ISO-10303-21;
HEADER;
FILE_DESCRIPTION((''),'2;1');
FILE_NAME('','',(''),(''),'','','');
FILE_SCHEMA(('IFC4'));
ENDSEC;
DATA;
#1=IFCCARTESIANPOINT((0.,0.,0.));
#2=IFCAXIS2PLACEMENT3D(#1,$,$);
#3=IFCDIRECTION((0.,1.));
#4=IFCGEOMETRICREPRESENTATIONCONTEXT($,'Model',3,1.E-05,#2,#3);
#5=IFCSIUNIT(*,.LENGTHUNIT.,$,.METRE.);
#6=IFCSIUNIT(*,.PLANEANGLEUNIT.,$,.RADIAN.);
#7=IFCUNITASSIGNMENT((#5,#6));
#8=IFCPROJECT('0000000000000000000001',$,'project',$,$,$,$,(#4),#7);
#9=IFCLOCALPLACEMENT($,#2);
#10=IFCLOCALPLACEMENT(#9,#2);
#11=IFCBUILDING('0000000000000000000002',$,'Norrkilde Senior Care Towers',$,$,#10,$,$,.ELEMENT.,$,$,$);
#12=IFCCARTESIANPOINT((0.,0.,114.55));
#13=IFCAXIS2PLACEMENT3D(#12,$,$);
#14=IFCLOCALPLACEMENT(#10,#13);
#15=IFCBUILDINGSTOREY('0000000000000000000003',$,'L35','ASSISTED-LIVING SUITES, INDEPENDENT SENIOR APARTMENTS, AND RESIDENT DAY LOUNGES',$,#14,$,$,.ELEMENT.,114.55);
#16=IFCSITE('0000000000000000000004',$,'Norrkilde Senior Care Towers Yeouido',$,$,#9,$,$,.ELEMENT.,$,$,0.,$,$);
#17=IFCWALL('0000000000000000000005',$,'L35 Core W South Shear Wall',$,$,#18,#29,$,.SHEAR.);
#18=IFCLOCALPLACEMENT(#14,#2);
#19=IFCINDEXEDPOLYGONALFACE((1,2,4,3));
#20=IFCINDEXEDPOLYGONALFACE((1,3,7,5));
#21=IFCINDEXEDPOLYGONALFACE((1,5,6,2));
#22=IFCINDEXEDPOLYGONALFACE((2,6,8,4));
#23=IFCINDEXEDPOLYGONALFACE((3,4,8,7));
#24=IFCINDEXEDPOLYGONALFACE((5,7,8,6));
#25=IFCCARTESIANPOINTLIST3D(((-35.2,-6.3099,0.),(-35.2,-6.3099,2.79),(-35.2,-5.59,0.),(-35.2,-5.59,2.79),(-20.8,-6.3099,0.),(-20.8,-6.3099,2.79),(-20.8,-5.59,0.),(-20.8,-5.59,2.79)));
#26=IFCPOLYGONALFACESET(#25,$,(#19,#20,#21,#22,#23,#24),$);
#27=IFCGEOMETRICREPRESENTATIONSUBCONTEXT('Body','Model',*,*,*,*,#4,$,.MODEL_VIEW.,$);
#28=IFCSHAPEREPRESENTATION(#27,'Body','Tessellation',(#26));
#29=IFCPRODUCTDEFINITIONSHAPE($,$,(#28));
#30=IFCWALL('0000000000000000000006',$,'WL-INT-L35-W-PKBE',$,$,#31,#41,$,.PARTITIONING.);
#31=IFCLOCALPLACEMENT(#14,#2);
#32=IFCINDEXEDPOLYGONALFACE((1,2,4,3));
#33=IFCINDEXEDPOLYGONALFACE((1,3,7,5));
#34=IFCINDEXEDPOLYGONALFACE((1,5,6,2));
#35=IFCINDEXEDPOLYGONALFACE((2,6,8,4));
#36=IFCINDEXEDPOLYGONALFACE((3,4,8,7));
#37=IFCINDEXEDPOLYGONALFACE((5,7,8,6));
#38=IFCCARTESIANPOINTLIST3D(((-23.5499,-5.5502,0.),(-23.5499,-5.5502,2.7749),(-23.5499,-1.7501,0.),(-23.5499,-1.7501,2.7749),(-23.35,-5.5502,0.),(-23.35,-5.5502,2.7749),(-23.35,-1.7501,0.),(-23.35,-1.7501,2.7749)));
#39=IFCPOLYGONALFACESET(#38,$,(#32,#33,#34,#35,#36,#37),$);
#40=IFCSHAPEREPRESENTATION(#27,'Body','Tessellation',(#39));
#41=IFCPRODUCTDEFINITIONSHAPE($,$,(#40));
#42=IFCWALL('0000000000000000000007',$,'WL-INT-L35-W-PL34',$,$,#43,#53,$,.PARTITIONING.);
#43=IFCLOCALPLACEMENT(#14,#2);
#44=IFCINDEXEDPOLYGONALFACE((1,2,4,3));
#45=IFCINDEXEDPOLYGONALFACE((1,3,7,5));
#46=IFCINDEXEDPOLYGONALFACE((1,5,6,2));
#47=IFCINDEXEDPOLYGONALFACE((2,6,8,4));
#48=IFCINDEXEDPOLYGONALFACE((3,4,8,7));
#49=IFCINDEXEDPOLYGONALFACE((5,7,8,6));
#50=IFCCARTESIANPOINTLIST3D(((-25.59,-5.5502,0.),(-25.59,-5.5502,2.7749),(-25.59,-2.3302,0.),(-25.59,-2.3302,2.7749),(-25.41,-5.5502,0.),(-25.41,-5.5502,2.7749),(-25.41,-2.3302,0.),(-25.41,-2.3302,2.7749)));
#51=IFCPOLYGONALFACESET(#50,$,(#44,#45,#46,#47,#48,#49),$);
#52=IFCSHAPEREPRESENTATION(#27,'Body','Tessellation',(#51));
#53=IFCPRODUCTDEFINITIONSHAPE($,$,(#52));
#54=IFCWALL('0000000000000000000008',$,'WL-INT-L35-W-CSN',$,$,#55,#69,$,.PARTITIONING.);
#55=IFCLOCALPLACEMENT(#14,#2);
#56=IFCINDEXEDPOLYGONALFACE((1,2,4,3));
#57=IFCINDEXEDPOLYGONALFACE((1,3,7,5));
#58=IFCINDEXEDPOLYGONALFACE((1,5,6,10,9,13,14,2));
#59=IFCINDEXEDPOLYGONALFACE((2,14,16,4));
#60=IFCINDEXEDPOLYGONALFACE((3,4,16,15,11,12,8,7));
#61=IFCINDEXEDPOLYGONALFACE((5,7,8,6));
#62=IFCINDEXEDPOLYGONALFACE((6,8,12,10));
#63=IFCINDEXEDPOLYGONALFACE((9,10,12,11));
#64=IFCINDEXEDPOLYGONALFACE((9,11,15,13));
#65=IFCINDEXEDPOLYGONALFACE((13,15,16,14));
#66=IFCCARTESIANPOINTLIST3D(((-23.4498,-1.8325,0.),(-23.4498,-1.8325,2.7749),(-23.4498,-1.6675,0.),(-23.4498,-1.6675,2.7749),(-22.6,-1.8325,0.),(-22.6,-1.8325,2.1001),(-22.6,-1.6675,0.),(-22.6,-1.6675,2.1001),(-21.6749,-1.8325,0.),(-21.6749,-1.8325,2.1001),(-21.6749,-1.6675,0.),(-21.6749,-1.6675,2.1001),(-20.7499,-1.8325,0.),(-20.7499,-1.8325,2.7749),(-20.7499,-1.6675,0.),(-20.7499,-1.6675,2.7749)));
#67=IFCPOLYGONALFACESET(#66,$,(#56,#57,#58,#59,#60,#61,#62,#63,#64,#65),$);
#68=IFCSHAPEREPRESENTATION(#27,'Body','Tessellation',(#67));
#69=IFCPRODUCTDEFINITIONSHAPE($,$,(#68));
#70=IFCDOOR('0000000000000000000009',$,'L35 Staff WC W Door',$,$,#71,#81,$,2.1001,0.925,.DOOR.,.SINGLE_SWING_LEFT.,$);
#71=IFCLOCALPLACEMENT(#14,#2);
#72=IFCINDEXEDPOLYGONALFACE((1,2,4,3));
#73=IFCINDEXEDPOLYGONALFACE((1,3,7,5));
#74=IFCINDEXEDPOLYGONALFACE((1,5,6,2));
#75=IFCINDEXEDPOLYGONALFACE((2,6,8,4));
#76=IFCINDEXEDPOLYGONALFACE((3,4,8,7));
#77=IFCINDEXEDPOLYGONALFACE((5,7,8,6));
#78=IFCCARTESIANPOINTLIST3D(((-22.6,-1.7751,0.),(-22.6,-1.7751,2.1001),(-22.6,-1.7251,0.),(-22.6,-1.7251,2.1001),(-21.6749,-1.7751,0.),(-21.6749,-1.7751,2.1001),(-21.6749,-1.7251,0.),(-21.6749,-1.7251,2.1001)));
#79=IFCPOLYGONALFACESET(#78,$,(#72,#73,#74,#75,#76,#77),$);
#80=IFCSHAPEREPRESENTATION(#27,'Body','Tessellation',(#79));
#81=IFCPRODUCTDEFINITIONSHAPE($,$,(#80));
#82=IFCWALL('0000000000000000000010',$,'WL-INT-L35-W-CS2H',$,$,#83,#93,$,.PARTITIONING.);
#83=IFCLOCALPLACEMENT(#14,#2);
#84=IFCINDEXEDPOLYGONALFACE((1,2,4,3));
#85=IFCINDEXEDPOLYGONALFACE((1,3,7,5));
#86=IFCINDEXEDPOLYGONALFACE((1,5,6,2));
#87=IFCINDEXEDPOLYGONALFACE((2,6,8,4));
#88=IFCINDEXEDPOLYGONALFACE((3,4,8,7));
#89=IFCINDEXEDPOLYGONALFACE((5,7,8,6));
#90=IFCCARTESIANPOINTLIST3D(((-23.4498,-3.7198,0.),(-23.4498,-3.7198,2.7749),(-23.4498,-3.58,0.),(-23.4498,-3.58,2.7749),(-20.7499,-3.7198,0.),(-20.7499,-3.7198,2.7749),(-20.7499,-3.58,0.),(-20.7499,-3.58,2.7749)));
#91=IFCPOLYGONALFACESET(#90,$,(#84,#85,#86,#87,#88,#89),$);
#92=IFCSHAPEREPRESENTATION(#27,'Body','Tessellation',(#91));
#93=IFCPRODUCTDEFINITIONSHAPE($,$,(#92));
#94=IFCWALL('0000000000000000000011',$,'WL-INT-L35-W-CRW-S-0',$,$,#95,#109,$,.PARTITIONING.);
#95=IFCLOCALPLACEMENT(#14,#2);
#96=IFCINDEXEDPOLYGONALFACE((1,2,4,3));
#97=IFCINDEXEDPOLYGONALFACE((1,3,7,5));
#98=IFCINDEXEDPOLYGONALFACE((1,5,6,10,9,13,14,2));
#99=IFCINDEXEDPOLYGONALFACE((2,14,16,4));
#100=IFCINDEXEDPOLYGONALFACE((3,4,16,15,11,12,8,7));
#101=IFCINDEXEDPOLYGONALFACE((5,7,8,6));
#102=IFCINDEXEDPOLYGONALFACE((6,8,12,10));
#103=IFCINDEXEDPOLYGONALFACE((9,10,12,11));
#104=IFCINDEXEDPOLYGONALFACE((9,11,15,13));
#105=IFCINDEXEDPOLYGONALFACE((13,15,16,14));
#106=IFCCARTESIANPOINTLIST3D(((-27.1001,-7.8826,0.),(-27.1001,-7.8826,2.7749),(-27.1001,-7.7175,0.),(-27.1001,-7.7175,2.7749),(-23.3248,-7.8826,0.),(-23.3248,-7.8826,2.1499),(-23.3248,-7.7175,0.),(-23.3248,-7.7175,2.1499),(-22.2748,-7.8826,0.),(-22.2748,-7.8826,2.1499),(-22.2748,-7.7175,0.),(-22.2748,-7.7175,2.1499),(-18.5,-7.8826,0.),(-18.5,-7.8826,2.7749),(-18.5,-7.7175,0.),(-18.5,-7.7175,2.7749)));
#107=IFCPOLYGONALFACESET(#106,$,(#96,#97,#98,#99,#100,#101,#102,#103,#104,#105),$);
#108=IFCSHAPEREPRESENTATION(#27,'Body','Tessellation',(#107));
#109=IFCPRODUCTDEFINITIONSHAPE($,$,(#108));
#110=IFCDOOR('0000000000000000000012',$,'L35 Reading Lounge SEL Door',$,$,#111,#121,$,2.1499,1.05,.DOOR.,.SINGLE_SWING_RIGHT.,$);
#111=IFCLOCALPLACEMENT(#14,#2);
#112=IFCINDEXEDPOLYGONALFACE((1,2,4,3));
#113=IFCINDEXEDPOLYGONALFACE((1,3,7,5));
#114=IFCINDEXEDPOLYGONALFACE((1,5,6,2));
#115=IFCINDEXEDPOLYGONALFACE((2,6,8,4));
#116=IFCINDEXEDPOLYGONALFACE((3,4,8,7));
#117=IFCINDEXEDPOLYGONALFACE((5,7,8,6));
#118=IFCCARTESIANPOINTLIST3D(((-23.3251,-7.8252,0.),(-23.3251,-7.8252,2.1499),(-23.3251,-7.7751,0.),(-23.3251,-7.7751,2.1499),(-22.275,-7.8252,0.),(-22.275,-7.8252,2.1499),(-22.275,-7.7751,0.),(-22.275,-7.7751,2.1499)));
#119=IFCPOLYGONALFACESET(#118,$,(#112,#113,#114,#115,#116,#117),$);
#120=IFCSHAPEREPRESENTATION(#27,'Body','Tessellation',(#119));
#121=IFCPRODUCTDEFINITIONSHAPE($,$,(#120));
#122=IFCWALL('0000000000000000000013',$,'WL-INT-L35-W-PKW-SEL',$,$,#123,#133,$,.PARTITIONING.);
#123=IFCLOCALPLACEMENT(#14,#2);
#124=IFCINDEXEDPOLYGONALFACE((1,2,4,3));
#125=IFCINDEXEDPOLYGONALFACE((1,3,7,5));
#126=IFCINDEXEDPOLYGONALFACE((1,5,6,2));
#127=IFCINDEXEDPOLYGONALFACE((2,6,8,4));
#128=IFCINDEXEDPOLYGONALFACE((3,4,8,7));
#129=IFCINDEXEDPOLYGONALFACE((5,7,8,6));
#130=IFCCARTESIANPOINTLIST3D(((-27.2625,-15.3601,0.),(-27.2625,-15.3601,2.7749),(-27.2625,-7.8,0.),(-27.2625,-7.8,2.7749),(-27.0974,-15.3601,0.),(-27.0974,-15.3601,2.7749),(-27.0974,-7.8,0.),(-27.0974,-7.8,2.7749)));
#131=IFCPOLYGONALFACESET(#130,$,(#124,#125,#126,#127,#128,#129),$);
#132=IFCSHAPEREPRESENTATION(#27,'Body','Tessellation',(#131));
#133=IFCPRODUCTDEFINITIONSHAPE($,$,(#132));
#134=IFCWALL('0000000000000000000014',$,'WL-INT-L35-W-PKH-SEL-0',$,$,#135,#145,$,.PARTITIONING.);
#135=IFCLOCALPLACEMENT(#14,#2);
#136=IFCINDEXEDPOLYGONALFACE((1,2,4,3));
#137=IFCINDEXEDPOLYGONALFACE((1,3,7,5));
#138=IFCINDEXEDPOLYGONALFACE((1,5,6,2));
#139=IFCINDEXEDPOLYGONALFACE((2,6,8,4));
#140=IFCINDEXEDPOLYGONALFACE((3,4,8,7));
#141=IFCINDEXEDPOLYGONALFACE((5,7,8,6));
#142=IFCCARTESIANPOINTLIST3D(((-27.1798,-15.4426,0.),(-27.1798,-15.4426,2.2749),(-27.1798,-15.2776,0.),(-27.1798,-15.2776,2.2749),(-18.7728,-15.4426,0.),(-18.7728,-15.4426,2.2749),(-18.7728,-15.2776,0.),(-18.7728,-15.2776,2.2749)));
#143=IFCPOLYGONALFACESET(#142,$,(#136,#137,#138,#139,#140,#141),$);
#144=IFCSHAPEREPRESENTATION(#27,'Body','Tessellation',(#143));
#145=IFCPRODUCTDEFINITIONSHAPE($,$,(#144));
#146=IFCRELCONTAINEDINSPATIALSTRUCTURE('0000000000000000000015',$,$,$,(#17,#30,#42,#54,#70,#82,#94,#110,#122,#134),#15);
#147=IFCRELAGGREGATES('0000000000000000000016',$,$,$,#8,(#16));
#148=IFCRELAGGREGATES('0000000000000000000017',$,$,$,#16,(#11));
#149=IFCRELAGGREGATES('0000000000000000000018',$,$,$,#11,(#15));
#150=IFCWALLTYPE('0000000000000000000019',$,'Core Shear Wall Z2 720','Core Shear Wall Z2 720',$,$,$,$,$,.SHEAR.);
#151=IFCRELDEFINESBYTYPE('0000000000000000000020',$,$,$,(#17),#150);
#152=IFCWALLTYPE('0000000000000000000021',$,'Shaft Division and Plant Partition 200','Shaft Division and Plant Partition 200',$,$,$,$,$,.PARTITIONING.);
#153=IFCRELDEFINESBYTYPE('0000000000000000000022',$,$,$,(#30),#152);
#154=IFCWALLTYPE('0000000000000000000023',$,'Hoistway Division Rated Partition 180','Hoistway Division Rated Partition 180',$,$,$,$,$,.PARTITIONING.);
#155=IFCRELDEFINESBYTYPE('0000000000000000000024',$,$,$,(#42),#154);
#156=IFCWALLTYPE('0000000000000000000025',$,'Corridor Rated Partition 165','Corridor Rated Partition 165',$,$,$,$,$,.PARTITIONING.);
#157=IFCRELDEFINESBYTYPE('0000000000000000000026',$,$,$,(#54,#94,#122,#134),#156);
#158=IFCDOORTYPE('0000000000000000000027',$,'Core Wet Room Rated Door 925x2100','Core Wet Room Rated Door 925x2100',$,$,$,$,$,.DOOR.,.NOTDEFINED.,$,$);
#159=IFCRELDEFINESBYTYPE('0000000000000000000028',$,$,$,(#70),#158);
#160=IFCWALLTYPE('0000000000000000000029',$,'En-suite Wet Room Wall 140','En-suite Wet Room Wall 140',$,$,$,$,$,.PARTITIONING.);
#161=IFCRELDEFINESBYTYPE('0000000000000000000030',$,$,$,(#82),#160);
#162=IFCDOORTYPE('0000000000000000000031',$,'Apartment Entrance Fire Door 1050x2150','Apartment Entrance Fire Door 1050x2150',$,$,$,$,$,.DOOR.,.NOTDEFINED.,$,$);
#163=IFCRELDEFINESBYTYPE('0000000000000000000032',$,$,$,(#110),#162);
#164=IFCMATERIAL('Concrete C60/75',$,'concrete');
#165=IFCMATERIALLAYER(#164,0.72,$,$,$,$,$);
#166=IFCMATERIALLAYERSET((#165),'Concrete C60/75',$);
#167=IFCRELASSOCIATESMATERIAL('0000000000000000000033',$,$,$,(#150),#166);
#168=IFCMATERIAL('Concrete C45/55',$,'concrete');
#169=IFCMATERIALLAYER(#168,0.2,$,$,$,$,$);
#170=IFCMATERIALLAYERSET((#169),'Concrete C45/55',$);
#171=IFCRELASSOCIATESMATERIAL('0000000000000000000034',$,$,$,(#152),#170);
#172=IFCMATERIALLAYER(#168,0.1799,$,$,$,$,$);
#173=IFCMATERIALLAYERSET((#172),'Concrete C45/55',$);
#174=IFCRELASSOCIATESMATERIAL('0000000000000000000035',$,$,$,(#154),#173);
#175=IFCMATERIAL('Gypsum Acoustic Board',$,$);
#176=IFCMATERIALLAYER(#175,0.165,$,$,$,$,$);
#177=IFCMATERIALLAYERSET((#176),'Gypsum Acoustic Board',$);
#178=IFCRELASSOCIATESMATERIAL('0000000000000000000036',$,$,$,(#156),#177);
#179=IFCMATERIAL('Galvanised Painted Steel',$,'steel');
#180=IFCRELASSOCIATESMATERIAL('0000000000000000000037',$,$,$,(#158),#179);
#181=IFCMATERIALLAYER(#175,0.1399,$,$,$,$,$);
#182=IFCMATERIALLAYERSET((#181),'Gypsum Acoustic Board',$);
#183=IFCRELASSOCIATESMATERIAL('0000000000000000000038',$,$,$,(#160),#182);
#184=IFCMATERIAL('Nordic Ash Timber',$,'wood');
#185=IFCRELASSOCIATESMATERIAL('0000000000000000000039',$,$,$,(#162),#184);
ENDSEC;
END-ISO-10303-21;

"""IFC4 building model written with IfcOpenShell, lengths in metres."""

from ifc_helpers import new_model, si_unit, direction, frame, frame_2d, origin, place, context, subcontext, project, spatial, rectangle, extrude, source, transform, mapped, material, layer, layer_set, type_object, type_shapes, element, fill, save


model = new_model("IFC4")

# Units and contexts
model_context = context("Model", 3, precision=1e-05, world=origin(), true_north=direction((0.0, 1.0)))
body_context = subcontext(model_context, "Body", "Model", "MODEL_VIEW")
ifc_project = project(units=[si_unit("LENGTHUNIT", "METRE"), si_unit("PLANEANGLEUNIT", "RADIAN")], contexts=[model_context])

# Site, building, storey
site_placement = place(None, origin())
site = spatial("IfcSite", under=ifc_project, at=site_placement, Name="Norrkilde Senior Care Towers Yeouido", CompositionType="ELEMENT", RefElevation=0.0)
building_placement = place(site_placement, origin())
building = spatial("IfcBuilding", under=site, at=building_placement, Name="Norrkilde Senior Care Towers", CompositionType="ELEMENT")
storey_placement = place(building_placement, frame((0.0, 0.0, 114.55)))
storey = spatial("IfcBuildingStorey", under=building, at=storey_placement, Name="L35", Description="ASSISTED-LIVING SUITES, INDEPENDENT SENIOR APARTMENTS, AND RESIDENT DAY LOUNGES", CompositionType="ELEMENT", Elevation=114.55)

# Shared definitions
ifc_material_1 = material(Name="Concrete C60/75", Category="concrete")

# Walls
ifc_layer_1 = layer(ifc_material_1, 0.72)
ifc_layer_set_1 = layer_set([ifc_layer_1], Name="Concrete C60/75")
wall_type_1 = type_object("IfcWallType", Name="Core Shear Wall Z2 720", Description="Core Shear Wall Z2 720", PredefinedType="SHEAR", material=ifc_layer_set_1)
shared_shape_1 = source(origin(), body_context, "Body", "SweptSolid", [
    extrude(rectangle(XDim=14.3999, YDim=0.72, at=frame_2d((7.2, 0.0))), origin(), (0.0, 0.0, 1.0), 2.79),
])
type_shapes(wall_type_1, [shared_shape_1])
wall_1_placement = place(storey_placement, frame((-20.8, -5.95, 0.0), z_axis=(0.0, 0.0, 1.0), x_axis=(-1.0, 0.0, 0.0)))
element("IfcWall", 1, at=wall_1_placement, inside=storey, type_object=wall_type_1, Name="L35 Core W South Shear Wall", PredefinedType="SHEAR", context=body_context, shape_type="MappedRepresentation", body=[
    mapped(shared_shape_1, transform((0.0, 0.0, 0.0), x_axis=(1.0, 0.0, 0.0), y_axis=(0.0, 1.0, 0.0), z_axis=(0.0, 0.0, 1.0), scale=1.0)),
])
ifc_material_2 = material(Name="Concrete C45/55", Category="concrete")
ifc_layer_2 = layer(ifc_material_2, 0.2)
ifc_layer_set_2 = layer_set([ifc_layer_2], Name="Concrete C45/55")
wall_type_2 = type_object("IfcWallType", Name="Shaft Division and Plant Partition 200", Description="Shaft Division and Plant Partition 200", PredefinedType="PARTITIONING", material=ifc_layer_set_2)
shared_shape_2 = source(origin(), body_context, "Body", "SweptSolid", [
    extrude(rectangle(XDim=3.8, YDim=0.2, at=frame_2d((1.8999, 0.0))), origin(), (0.0, 0.0, 1.0), 2.7749),
])
type_shapes(wall_type_2, [shared_shape_2])
wall_2_placement = place(storey_placement, frame((-23.45, -5.55, 0.0), z_axis=(0.0, 0.0, 1.0), x_axis=(0.0, 1.0, 0.0)))
element("IfcWall", 2, at=wall_2_placement, inside=storey, type_object=wall_type_2, Name="WL-INT-L35-W-PKBE", PredefinedType="PARTITIONING", context=body_context, shape_type="MappedRepresentation", body=[
    mapped(shared_shape_2, transform((0.0, 0.0, 0.0), x_axis=(1.0, 0.0, 0.0), y_axis=(0.0, 1.0, 0.0), z_axis=(0.0, 0.0, 1.0), scale=1.0)),
])
ifc_layer_3 = layer(ifc_material_2, 0.1799)
ifc_layer_set_3 = layer_set([ifc_layer_3], Name="Concrete C45/55")
wall_type_3 = type_object("IfcWallType", Name="Hoistway Division Rated Partition 180", Description="Hoistway Division Rated Partition 180", PredefinedType="PARTITIONING", material=ifc_layer_set_3)
shared_shape_3 = source(origin(), body_context, "Body", "SweptSolid", [
    extrude(rectangle(XDim=3.22, YDim=0.1799, at=frame_2d((1.6099, 0.0))), origin(), (0.0, 0.0, 1.0), 2.7749),
])
type_shapes(wall_type_3, [shared_shape_3])
wall_3_placement = place(storey_placement, frame((-25.5, -5.55, 0.0), z_axis=(0.0, 0.0, 1.0), x_axis=(0.0, 1.0, 0.0)))
element("IfcWall", 3, at=wall_3_placement, inside=storey, type_object=wall_type_3, Name="WL-INT-L35-W-PL34", PredefinedType="PARTITIONING", context=body_context, shape_type="MappedRepresentation", body=[
    mapped(shared_shape_3, transform((0.0, 0.0, 0.0), x_axis=(1.0, 0.0, 0.0), y_axis=(0.0, 1.0, 0.0), z_axis=(0.0, 0.0, 1.0), scale=1.0)),
])

# Wall, opening, door
ifc_material_3 = material(Name="Gypsum Acoustic Board")
ifc_layer_4 = layer(ifc_material_3, 0.165)
ifc_layer_set_4 = layer_set([ifc_layer_4], Name="Gypsum Acoustic Board")
wall_type_4 = type_object("IfcWallType", Name="Corridor Rated Partition 165", Description="Corridor Rated Partition 165", PredefinedType="PARTITIONING", material=ifc_layer_set_4)
shared_shape_4 = source(origin(), body_context, "Body", "SweptSolid", [
    extrude(rectangle(XDim=2.7, YDim=0.165, at=frame_2d((1.3501, 0.0))), origin(), (0.0, 0.0, 1.0), 2.7749),
])
wall_4_placement = place(storey_placement, frame((-23.45, -1.75, 0.0), z_axis=(0.0, 0.0, 1.0), x_axis=(1.0, 0.0, 0.0)))
wall_4 = element("IfcWall", 4, at=wall_4_placement, inside=storey, type_object=wall_type_4, Name="WL-INT-L35-W-CSN", PredefinedType="PARTITIONING", context=body_context, shape_type="MappedRepresentation", body=[
    mapped(shared_shape_4, transform((0.0, 0.0, 0.0), x_axis=(1.0, 0.0, 0.0), y_axis=(0.0, 1.0, 0.0), z_axis=(0.0, 0.0, 1.0), scale=1.0)),
])
opening_1_placement = place(wall_4_placement, frame((0.8501, 0.0, 0.0)))
opening_1 = element("IfcOpeningElement", 5, at=opening_1_placement, cuts=wall_4, PredefinedType="OPENING", context=body_context, shape_type="SweptSolid", body=[
    extrude(rectangle(XDim=0.925, YDim=2.1001, at=frame_2d((0.4624, 1.05))), frame((0.0, 0.0925, 0.0), z_axis=(0.0, -1.0, 0.0), x_axis=(1.0, 0.0, 0.0)), (0.0, 0.0, 1.0), 0.1851),
])
ifc_material_4 = material(Name="Galvanised Painted Steel", Category="steel")
door_type_1 = type_object("IfcDoorType", Name="Core Wet Room Rated Door 925x2100", Description="Core Wet Room Rated Door 925x2100", OperationType="NOTDEFINED", PredefinedType="DOOR", material=ifc_material_4)
shared_shape_5 = source(origin(), body_context, "Body", "SweptSolid", [
    extrude(rectangle(XDim=0.925, YDim=2.1001, at=frame_2d((0.4624, 1.05))), frame((0.0, 0.0249, 0.0), z_axis=(0.0, -1.0, 0.0), x_axis=(1.0, 0.0, 0.0)), (0.0, 0.0, 1.0), 0.05),
])
type_shapes(door_type_1, [shared_shape_5])
door_1_placement = place(opening_1_placement, origin())
door_1 = element("IfcDoor", 6, at=door_1_placement, inside=storey, type_object=door_type_1, Name="L35 Staff WC W Door", OperationType="SINGLE_SWING_LEFT", OverallHeight=2.1001, OverallWidth=0.925, PredefinedType="DOOR", context=body_context, shape_type="MappedRepresentation", body=[
    mapped(shared_shape_5, transform((0.0, 0.0, 0.0), x_axis=(1.0, 0.0, 0.0), y_axis=(0.0, 1.0, 0.0), z_axis=(0.0, 0.0, 1.0), scale=1.0)),
])
fill(opening_1, door_1)

# Wall
ifc_layer_5 = layer(ifc_material_3, 0.1399)
ifc_layer_set_5 = layer_set([ifc_layer_5], Name="Gypsum Acoustic Board")
wall_type_5 = type_object("IfcWallType", Name="En-suite Wet Room Wall 140", Description="En-suite Wet Room Wall 140", PredefinedType="PARTITIONING", material=ifc_layer_set_5)
shared_shape_6 = source(origin(), body_context, "Body", "SweptSolid", [
    extrude(rectangle(XDim=2.7, YDim=0.1399, at=frame_2d((1.3501, 0.0))), origin(), (0.0, 0.0, 1.0), 2.7749),
])
wall_5_placement = place(storey_placement, frame((-23.45, -3.6499, 0.0), z_axis=(0.0, 0.0, 1.0), x_axis=(1.0, 0.0, 0.0)))
element("IfcWall", 7, at=wall_5_placement, inside=storey, type_object=wall_type_5, Name="WL-INT-L35-W-CS2H", PredefinedType="PARTITIONING", context=body_context, shape_type="MappedRepresentation", body=[
    mapped(shared_shape_6, transform((0.0, 0.0, 0.0), x_axis=(1.0, 0.0, 0.0), y_axis=(0.0, 1.0, 0.0), z_axis=(0.0, 0.0, 1.0), scale=1.0)),
])

# Wall, opening, door
shared_shape_7 = source(origin(), body_context, "Body", "SweptSolid", [
    extrude(rectangle(XDim=8.6001, YDim=0.165, at=frame_2d((4.3, 0.0))), origin(), (0.0, 0.0, 1.0), 2.7749),
])
wall_6_placement = place(storey_placement, frame((-18.5, -7.8, 0.0), z_axis=(0.0, 0.0, 1.0), x_axis=(-1.0, 0.0, 0.0)))
wall_6 = element("IfcWall", 8, at=wall_6_placement, inside=storey, type_object=wall_type_4, Name="WL-INT-L35-W-CRW-S-0", PredefinedType="PARTITIONING", context=body_context, shape_type="MappedRepresentation", body=[
    mapped(shared_shape_7, transform((0.0, 0.0, 0.0), x_axis=(1.0, 0.0, 0.0), y_axis=(0.0, 1.0, 0.0), z_axis=(0.0, 0.0, 1.0), scale=1.0)),
])
opening_2_placement = place(wall_6_placement, frame((3.7749, 0.0, 0.0)))
opening_2 = element("IfcOpeningElement", 9, at=opening_2_placement, cuts=wall_6, PredefinedType="OPENING", context=body_context, shape_type="SweptSolid", body=[
    extrude(rectangle(XDim=1.05, YDim=2.1499, at=frame_2d((0.5249, 1.075))), frame((0.0, 0.0925, 0.0), z_axis=(0.0, -1.0, 0.0), x_axis=(1.0, 0.0, 0.0)), (0.0, 0.0, 1.0), 0.1851),
])
ifc_material_5 = material(Name="Nordic Ash Timber", Category="wood")
door_type_2 = type_object("IfcDoorType", Name="Apartment Entrance Fire Door 1050x2150", Description="Apartment Entrance Fire Door 1050x2150", OperationType="NOTDEFINED", PredefinedType="DOOR", material=ifc_material_5)
shared_shape_8 = source(origin(), body_context, "Body", "SweptSolid", [
    extrude(rectangle(XDim=1.05, YDim=2.1499, at=frame_2d((0.5249, 1.075))), frame((0.0, 0.0249, 0.0), z_axis=(0.0, -1.0, 0.0), x_axis=(1.0, 0.0, 0.0)), (0.0, 0.0, 1.0), 0.05),
])
type_shapes(door_type_2, [shared_shape_8])
door_2_placement = place(opening_2_placement, frame((1.05, 0.0, 0.0), z_axis=(0.0, 0.0, 1.0), x_axis=(-1.0, 0.0, 0.0)))
door_2 = element("IfcDoor", 10, at=door_2_placement, inside=storey, type_object=door_type_2, Name="L35 Reading Lounge SEL Door", OperationType="SINGLE_SWING_RIGHT", OverallHeight=2.1499, OverallWidth=1.05, PredefinedType="DOOR", context=body_context, shape_type="MappedRepresentation", body=[
    mapped(shared_shape_8, transform((0.0, 0.0, 0.0), x_axis=(1.0, 0.0, 0.0), y_axis=(0.0, 1.0, 0.0), z_axis=(0.0, 0.0, 1.0), scale=1.0)),
])
fill(opening_2, door_2)

# Walls
shared_shape_9 = source(origin(), body_context, "Body", "SweptSolid", [
    extrude(rectangle(XDim=7.5601, YDim=0.165, at=frame_2d((3.78, 0.0))), origin(), (0.0, 0.0, 1.0), 2.7749),
])
wall_7_placement = place(storey_placement, frame((-27.1799, -15.3601, 0.0), z_axis=(0.0, 0.0, 1.0), x_axis=(0.0, 1.0, 0.0)))
element("IfcWall", 11, at=wall_7_placement, inside=storey, type_object=wall_type_4, Name="WL-INT-L35-W-PKW-SEL", PredefinedType="PARTITIONING", context=body_context, shape_type="MappedRepresentation", body=[
    mapped(shared_shape_9, transform((0.0, 0.0, 0.0), x_axis=(1.0, 0.0, 0.0), y_axis=(0.0, 1.0, 0.0), z_axis=(0.0, 0.0, 1.0), scale=1.0)),
])
shared_shape_10 = source(origin(), body_context, "Body", "SweptSolid", [
    extrude(rectangle(XDim=8.407, YDim=0.165, at=frame_2d((4.2036, 0.0))), origin(), (0.0, 0.0, 1.0), 2.2749),
])
type_shapes(wall_type_4, [shared_shape_4, shared_shape_7, shared_shape_9, shared_shape_10])
wall_8_placement = place(storey_placement, frame((-27.1799, -15.3601, 0.0), z_axis=(0.0, 0.0, 1.0), x_axis=(1.0, 0.0, 0.0)))
element("IfcWall", 12, at=wall_8_placement, inside=storey, type_object=wall_type_4, Name="WL-INT-L35-W-PKH-SEL-0", PredefinedType="PARTITIONING", context=body_context, shape_type="MappedRepresentation", body=[
    mapped(shared_shape_10, transform((0.0, 0.0, 0.0), x_axis=(1.0, 0.0, 0.0), y_axis=(0.0, 1.0, 0.0), z_axis=(0.0, 0.0, 1.0), scale=1.0)),
])

save(model, "model.ifc")
